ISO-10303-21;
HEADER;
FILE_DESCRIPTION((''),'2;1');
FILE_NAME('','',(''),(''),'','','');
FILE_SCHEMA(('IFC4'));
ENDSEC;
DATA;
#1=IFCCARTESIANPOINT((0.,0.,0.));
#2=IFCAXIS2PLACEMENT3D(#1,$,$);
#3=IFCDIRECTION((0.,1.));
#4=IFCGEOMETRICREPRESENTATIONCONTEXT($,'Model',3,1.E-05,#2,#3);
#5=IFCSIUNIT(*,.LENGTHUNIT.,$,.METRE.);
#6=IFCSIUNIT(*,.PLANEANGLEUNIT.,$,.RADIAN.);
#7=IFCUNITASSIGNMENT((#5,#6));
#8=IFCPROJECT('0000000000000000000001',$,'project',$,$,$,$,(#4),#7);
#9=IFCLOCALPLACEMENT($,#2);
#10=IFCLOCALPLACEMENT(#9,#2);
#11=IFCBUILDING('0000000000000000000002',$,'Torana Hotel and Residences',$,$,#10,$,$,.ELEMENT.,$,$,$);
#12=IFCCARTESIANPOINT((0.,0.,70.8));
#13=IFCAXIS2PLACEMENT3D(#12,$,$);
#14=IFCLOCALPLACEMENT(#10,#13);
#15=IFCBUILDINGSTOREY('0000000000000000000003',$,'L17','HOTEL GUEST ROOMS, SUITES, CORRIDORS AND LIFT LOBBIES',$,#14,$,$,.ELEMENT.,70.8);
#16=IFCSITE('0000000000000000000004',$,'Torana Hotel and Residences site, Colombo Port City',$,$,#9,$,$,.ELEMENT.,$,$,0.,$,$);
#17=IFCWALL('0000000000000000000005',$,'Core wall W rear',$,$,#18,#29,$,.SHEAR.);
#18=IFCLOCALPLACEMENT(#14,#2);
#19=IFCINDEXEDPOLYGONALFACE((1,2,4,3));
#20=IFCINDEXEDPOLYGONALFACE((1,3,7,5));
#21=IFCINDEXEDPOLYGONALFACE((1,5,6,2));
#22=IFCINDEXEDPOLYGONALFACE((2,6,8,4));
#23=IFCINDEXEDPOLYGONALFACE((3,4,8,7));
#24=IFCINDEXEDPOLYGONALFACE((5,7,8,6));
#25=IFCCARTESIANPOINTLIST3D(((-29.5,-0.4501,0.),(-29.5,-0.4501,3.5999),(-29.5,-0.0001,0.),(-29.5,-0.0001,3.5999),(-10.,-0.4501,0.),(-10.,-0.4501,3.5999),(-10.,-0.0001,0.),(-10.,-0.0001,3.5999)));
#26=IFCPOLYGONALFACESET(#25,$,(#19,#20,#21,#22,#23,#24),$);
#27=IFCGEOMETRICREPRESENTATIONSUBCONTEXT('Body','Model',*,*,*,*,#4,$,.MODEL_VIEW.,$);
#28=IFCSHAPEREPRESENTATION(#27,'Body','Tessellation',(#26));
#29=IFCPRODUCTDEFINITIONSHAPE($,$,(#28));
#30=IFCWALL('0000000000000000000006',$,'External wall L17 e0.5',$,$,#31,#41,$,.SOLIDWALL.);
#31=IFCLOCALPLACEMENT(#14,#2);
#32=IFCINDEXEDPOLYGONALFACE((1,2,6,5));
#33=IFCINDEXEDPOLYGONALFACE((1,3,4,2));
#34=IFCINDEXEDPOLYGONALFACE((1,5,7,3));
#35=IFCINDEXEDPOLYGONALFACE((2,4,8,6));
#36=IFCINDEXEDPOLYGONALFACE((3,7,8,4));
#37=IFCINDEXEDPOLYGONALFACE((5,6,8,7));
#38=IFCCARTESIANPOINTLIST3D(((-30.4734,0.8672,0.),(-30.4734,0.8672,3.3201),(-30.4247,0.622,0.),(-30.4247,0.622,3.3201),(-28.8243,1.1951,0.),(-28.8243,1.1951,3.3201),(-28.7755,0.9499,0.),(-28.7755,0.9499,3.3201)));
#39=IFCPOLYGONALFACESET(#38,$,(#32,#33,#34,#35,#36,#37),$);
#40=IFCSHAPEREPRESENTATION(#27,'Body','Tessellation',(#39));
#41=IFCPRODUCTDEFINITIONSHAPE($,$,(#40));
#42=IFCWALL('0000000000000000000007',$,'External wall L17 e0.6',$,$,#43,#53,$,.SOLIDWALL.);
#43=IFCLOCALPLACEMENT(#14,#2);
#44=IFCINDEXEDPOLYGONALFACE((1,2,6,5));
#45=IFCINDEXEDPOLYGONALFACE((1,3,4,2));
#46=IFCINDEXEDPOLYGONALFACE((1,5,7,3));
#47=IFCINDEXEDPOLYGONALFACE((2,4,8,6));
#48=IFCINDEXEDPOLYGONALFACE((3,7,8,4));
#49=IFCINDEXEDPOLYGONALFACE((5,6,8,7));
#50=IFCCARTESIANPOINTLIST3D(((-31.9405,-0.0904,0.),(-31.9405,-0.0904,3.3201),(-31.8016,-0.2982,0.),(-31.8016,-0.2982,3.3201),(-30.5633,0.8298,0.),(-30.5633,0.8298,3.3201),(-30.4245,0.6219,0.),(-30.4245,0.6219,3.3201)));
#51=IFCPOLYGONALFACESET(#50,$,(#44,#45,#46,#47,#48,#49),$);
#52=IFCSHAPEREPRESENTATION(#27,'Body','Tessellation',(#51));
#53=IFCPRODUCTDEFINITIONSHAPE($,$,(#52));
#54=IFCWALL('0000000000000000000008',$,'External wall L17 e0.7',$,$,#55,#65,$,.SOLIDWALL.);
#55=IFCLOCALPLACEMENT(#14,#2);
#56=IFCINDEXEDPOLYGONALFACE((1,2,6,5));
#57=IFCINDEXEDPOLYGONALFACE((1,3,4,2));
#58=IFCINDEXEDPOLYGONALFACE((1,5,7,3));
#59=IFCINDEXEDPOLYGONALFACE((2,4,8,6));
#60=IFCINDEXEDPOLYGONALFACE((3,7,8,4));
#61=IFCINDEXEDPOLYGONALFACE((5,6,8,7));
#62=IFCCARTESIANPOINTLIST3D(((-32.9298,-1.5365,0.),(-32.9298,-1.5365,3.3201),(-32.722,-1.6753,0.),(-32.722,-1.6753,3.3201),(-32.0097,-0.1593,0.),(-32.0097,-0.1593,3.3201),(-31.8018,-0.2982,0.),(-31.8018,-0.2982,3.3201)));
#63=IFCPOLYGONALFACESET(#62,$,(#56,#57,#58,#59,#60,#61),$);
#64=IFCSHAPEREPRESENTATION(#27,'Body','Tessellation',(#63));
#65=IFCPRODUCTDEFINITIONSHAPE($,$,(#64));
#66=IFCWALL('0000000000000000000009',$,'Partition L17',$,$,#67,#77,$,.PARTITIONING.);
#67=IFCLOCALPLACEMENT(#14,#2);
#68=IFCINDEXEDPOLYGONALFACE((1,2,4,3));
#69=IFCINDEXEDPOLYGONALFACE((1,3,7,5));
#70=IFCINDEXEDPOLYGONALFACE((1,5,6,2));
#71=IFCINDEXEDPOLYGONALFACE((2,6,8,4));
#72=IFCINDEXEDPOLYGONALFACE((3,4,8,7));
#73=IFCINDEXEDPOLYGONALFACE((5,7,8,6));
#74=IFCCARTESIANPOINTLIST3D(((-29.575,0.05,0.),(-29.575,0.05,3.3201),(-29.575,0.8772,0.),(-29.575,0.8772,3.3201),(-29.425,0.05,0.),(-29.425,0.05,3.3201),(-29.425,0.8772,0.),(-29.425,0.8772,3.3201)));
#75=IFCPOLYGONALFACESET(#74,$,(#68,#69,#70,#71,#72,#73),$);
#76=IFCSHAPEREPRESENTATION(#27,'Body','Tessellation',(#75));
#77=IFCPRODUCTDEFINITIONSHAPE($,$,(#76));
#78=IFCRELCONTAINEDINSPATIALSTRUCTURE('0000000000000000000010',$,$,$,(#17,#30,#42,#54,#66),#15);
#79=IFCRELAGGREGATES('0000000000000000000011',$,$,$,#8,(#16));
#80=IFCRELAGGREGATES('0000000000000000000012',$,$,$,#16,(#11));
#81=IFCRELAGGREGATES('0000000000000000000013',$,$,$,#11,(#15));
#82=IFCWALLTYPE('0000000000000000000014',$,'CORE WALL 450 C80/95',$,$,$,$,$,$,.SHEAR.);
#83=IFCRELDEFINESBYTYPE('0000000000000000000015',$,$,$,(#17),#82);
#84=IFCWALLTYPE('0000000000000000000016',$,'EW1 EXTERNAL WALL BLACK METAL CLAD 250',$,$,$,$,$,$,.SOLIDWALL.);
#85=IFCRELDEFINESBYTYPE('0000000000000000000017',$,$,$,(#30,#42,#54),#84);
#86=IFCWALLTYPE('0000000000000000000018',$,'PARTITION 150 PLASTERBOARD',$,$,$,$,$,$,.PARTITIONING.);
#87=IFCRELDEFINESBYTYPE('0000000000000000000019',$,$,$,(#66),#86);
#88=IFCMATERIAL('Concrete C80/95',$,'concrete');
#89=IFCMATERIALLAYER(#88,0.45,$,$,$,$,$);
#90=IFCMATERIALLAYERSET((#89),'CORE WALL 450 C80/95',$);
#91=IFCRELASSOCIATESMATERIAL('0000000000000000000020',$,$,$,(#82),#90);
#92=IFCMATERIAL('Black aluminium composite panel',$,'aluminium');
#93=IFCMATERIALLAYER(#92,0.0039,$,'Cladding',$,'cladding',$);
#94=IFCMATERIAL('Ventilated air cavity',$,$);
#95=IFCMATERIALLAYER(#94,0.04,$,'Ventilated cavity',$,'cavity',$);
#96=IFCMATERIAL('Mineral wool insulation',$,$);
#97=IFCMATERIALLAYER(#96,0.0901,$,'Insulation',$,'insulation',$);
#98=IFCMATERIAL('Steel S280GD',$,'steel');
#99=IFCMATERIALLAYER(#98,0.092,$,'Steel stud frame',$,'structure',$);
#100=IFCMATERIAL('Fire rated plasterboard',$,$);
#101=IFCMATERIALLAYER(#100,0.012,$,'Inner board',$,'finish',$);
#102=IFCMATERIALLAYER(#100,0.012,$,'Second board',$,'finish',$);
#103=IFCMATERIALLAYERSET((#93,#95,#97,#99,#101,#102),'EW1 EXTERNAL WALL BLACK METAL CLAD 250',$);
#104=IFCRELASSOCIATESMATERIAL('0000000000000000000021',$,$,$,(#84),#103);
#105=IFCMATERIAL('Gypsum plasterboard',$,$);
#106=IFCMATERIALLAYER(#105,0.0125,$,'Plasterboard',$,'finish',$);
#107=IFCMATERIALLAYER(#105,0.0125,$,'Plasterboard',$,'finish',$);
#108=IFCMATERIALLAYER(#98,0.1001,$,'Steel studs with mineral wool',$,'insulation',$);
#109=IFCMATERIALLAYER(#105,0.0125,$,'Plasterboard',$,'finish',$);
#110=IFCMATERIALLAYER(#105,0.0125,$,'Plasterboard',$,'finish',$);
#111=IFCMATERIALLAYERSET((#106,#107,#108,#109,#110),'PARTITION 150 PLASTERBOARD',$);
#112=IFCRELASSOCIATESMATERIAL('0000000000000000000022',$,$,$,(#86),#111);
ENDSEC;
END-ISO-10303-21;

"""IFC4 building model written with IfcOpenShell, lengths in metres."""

from ifc_helpers import new_model, si_unit, direction, frame, frame_2d, origin, place, context, subcontext, project, spatial, rectangle, extrude, material, layer, layer_set, type_object, element, save


model = new_model("IFC4")

# Units and contexts
model_context = context("Model", 3, precision=1e-05, world=origin(), true_north=direction((0.0, 1.0)))
body_context = subcontext(model_context, "Body", "Model", "MODEL_VIEW")
ifc_project = project(units=[si_unit("LENGTHUNIT", "METRE"), si_unit("PLANEANGLEUNIT", "RADIAN")], contexts=[model_context])

# Site, building, storey
site_placement = place(None, origin())
site = spatial("IfcSite", under=ifc_project, at=site_placement, Name="Torana Hotel and Residences site, Colombo Port City", CompositionType="ELEMENT", RefElevation=0.0)
building_placement = place(site_placement, origin())
building = spatial("IfcBuilding", under=site, at=building_placement, Name="Torana Hotel and Residences", CompositionType="ELEMENT")
storey_placement = place(building_placement, frame((0.0, 0.0, 70.8)))
storey = spatial("IfcBuildingStorey", under=building, at=storey_placement, Name="L17", Description="HOTEL GUEST ROOMS, SUITES, CORRIDORS AND LIFT LOBBIES", CompositionType="ELEMENT", Elevation=70.8)

# Walls
ifc_material_1 = material(Name="Concrete C80/95", Category="concrete")
ifc_layer_1 = layer(ifc_material_1, 0.45)
ifc_layer_set_1 = layer_set([ifc_layer_1], Name="CORE WALL 450 C80/95")
wall_type_1 = type_object("IfcWallType", Name="CORE WALL 450 C80/95", PredefinedType="SHEAR", material=ifc_layer_set_1)
wall_1_placement = place(storey_placement, frame((-29.5, -0.2251, 0.0), z_axis=(0.0, 0.0, 1.0), x_axis=(1.0, 0.0, 0.0)))
element("IfcWall", 1, at=wall_1_placement, inside=storey, type_object=wall_type_1, Name="Core wall W rear", PredefinedType="SHEAR", context=body_context, shape_type="SweptSolid", body=[
    extrude(rectangle(XDim=19.5, YDim=0.45, at=frame_2d((9.75, 0.0))), origin(), (0.0, 0.0, 1.0), 3.5999),
])
ifc_material_2 = material(Name="Black aluminium composite panel", Category="aluminium")
ifc_layer_2 = layer(ifc_material_2, 0.0039, Name="Cladding", Category="cladding")
ifc_material_3 = material(Name="Ventilated air cavity")
ifc_layer_3 = layer(ifc_material_3, 0.04, Name="Ventilated cavity", Category="cavity")
ifc_material_4 = material(Name="Mineral wool insulation")
ifc_layer_4 = layer(ifc_material_4, 0.0901, Name="Insulation", Category="insulation")
ifc_material_5 = material(Name="Steel S280GD", Category="steel")
ifc_layer_5 = layer(ifc_material_5, 0.092, Name="Steel stud frame", Category="structure")
ifc_material_6 = material(Name="Fire rated plasterboard")
ifc_layer_6 = layer(ifc_material_6, 0.012, Name="Inner board", Category="finish")
ifc_layer_7 = layer(ifc_material_6, 0.012, Name="Second board", Category="finish")
ifc_layer_set_2 = layer_set([ifc_layer_2, ifc_layer_3, ifc_layer_4, ifc_layer_5, ifc_layer_6, ifc_layer_7], Name="EW1 EXTERNAL WALL BLACK METAL CLAD 250")
wall_type_2 = type_object("IfcWallType", Name="EW1 EXTERNAL WALL BLACK METAL CLAD 250", PredefinedType="SOLIDWALL", material=ifc_layer_set_2)
wall_2_placement = place(storey_placement, frame((-28.7998, 1.0725, 0.0), z_axis=(0.0, 0.0, 1.0), x_axis=(-0.980803, -0.194999, 0.0)))
element("IfcWall", 2, at=wall_2_placement, inside=storey, type_object=wall_type_2, Name="External wall L17 e0.5", PredefinedType="SOLIDWALL", context=body_context, shape_type="SweptSolid", body=[
    extrude(rectangle(XDim=1.6814, YDim=0.25, at=frame_2d((0.8408, 0.0))), origin(), (0.0, 0.0, 1.0), 3.3201),
])
for number, where, z_axis, x_axis, name in (
    (3, (-30.4939, 0.7258, 0.0), (0.0, 0.0, 1.0), (-0.831483, -0.55555, 0.0), "External wall L17 e0.6"),
    (4, (-31.9058, -0.2288, 0.0), (0.0, 0.0, 1.0), (-0.55555, -0.831483, 0.0), "External wall L17 e0.7"),
):
    element("IfcWall", number, at=place(storey_placement, frame(where, z_axis=z_axis, x_axis=x_axis)), inside=storey, type_object=wall_type_2, Name=name, PredefinedType="SOLIDWALL", context=body_context, shape_type="SweptSolid", body=[
        extrude(rectangle(XDim=1.6562, YDim=0.25, at=frame_2d((0.8281, 0.0))), origin(), (0.0, 0.0, 1.0), 3.3201),
    ])
ifc_material_7 = material(Name="Gypsum plasterboard")
ifc_layer_8 = layer(ifc_material_7, 0.0125, Name="Plasterboard", Category="finish")
ifc_layer_9 = layer(ifc_material_7, 0.0125, Name="Plasterboard", Category="finish")
ifc_layer_10 = layer(ifc_material_5, 0.1001, Name="Steel studs with mineral wool", Category="insulation")
ifc_layer_11 = layer(ifc_material_7, 0.0125, Name="Plasterboard", Category="finish")
ifc_layer_12 = layer(ifc_material_7, 0.0125, Name="Plasterboard", Category="finish")
ifc_layer_set_3 = layer_set([ifc_layer_8, ifc_layer_9, ifc_layer_10, ifc_layer_11, ifc_layer_12], Name="PARTITION 150 PLASTERBOARD")
wall_type_3 = type_object("IfcWallType", Name="PARTITION 150 PLASTERBOARD", PredefinedType="PARTITIONING", material=ifc_layer_set_3)
wall_3_placement = place(storey_placement, frame((-29.5, 0.05, 0.0), z_axis=(0.0, 0.0, 1.0), x_axis=(0.0, 1.0, 0.0)))
element("IfcWall", 5, at=wall_3_placement, inside=storey, type_object=wall_type_3, Name="Partition L17", PredefinedType="PARTITIONING", context=body_context, shape_type="SweptSolid", body=[
    extrude(rectangle(XDim=0.8271, YDim=0.1499, at=frame_2d((0.4136, 0.0))), origin(), (0.0, 0.0, 1.0), 3.3201),
])

save(model, "model.ifc")
